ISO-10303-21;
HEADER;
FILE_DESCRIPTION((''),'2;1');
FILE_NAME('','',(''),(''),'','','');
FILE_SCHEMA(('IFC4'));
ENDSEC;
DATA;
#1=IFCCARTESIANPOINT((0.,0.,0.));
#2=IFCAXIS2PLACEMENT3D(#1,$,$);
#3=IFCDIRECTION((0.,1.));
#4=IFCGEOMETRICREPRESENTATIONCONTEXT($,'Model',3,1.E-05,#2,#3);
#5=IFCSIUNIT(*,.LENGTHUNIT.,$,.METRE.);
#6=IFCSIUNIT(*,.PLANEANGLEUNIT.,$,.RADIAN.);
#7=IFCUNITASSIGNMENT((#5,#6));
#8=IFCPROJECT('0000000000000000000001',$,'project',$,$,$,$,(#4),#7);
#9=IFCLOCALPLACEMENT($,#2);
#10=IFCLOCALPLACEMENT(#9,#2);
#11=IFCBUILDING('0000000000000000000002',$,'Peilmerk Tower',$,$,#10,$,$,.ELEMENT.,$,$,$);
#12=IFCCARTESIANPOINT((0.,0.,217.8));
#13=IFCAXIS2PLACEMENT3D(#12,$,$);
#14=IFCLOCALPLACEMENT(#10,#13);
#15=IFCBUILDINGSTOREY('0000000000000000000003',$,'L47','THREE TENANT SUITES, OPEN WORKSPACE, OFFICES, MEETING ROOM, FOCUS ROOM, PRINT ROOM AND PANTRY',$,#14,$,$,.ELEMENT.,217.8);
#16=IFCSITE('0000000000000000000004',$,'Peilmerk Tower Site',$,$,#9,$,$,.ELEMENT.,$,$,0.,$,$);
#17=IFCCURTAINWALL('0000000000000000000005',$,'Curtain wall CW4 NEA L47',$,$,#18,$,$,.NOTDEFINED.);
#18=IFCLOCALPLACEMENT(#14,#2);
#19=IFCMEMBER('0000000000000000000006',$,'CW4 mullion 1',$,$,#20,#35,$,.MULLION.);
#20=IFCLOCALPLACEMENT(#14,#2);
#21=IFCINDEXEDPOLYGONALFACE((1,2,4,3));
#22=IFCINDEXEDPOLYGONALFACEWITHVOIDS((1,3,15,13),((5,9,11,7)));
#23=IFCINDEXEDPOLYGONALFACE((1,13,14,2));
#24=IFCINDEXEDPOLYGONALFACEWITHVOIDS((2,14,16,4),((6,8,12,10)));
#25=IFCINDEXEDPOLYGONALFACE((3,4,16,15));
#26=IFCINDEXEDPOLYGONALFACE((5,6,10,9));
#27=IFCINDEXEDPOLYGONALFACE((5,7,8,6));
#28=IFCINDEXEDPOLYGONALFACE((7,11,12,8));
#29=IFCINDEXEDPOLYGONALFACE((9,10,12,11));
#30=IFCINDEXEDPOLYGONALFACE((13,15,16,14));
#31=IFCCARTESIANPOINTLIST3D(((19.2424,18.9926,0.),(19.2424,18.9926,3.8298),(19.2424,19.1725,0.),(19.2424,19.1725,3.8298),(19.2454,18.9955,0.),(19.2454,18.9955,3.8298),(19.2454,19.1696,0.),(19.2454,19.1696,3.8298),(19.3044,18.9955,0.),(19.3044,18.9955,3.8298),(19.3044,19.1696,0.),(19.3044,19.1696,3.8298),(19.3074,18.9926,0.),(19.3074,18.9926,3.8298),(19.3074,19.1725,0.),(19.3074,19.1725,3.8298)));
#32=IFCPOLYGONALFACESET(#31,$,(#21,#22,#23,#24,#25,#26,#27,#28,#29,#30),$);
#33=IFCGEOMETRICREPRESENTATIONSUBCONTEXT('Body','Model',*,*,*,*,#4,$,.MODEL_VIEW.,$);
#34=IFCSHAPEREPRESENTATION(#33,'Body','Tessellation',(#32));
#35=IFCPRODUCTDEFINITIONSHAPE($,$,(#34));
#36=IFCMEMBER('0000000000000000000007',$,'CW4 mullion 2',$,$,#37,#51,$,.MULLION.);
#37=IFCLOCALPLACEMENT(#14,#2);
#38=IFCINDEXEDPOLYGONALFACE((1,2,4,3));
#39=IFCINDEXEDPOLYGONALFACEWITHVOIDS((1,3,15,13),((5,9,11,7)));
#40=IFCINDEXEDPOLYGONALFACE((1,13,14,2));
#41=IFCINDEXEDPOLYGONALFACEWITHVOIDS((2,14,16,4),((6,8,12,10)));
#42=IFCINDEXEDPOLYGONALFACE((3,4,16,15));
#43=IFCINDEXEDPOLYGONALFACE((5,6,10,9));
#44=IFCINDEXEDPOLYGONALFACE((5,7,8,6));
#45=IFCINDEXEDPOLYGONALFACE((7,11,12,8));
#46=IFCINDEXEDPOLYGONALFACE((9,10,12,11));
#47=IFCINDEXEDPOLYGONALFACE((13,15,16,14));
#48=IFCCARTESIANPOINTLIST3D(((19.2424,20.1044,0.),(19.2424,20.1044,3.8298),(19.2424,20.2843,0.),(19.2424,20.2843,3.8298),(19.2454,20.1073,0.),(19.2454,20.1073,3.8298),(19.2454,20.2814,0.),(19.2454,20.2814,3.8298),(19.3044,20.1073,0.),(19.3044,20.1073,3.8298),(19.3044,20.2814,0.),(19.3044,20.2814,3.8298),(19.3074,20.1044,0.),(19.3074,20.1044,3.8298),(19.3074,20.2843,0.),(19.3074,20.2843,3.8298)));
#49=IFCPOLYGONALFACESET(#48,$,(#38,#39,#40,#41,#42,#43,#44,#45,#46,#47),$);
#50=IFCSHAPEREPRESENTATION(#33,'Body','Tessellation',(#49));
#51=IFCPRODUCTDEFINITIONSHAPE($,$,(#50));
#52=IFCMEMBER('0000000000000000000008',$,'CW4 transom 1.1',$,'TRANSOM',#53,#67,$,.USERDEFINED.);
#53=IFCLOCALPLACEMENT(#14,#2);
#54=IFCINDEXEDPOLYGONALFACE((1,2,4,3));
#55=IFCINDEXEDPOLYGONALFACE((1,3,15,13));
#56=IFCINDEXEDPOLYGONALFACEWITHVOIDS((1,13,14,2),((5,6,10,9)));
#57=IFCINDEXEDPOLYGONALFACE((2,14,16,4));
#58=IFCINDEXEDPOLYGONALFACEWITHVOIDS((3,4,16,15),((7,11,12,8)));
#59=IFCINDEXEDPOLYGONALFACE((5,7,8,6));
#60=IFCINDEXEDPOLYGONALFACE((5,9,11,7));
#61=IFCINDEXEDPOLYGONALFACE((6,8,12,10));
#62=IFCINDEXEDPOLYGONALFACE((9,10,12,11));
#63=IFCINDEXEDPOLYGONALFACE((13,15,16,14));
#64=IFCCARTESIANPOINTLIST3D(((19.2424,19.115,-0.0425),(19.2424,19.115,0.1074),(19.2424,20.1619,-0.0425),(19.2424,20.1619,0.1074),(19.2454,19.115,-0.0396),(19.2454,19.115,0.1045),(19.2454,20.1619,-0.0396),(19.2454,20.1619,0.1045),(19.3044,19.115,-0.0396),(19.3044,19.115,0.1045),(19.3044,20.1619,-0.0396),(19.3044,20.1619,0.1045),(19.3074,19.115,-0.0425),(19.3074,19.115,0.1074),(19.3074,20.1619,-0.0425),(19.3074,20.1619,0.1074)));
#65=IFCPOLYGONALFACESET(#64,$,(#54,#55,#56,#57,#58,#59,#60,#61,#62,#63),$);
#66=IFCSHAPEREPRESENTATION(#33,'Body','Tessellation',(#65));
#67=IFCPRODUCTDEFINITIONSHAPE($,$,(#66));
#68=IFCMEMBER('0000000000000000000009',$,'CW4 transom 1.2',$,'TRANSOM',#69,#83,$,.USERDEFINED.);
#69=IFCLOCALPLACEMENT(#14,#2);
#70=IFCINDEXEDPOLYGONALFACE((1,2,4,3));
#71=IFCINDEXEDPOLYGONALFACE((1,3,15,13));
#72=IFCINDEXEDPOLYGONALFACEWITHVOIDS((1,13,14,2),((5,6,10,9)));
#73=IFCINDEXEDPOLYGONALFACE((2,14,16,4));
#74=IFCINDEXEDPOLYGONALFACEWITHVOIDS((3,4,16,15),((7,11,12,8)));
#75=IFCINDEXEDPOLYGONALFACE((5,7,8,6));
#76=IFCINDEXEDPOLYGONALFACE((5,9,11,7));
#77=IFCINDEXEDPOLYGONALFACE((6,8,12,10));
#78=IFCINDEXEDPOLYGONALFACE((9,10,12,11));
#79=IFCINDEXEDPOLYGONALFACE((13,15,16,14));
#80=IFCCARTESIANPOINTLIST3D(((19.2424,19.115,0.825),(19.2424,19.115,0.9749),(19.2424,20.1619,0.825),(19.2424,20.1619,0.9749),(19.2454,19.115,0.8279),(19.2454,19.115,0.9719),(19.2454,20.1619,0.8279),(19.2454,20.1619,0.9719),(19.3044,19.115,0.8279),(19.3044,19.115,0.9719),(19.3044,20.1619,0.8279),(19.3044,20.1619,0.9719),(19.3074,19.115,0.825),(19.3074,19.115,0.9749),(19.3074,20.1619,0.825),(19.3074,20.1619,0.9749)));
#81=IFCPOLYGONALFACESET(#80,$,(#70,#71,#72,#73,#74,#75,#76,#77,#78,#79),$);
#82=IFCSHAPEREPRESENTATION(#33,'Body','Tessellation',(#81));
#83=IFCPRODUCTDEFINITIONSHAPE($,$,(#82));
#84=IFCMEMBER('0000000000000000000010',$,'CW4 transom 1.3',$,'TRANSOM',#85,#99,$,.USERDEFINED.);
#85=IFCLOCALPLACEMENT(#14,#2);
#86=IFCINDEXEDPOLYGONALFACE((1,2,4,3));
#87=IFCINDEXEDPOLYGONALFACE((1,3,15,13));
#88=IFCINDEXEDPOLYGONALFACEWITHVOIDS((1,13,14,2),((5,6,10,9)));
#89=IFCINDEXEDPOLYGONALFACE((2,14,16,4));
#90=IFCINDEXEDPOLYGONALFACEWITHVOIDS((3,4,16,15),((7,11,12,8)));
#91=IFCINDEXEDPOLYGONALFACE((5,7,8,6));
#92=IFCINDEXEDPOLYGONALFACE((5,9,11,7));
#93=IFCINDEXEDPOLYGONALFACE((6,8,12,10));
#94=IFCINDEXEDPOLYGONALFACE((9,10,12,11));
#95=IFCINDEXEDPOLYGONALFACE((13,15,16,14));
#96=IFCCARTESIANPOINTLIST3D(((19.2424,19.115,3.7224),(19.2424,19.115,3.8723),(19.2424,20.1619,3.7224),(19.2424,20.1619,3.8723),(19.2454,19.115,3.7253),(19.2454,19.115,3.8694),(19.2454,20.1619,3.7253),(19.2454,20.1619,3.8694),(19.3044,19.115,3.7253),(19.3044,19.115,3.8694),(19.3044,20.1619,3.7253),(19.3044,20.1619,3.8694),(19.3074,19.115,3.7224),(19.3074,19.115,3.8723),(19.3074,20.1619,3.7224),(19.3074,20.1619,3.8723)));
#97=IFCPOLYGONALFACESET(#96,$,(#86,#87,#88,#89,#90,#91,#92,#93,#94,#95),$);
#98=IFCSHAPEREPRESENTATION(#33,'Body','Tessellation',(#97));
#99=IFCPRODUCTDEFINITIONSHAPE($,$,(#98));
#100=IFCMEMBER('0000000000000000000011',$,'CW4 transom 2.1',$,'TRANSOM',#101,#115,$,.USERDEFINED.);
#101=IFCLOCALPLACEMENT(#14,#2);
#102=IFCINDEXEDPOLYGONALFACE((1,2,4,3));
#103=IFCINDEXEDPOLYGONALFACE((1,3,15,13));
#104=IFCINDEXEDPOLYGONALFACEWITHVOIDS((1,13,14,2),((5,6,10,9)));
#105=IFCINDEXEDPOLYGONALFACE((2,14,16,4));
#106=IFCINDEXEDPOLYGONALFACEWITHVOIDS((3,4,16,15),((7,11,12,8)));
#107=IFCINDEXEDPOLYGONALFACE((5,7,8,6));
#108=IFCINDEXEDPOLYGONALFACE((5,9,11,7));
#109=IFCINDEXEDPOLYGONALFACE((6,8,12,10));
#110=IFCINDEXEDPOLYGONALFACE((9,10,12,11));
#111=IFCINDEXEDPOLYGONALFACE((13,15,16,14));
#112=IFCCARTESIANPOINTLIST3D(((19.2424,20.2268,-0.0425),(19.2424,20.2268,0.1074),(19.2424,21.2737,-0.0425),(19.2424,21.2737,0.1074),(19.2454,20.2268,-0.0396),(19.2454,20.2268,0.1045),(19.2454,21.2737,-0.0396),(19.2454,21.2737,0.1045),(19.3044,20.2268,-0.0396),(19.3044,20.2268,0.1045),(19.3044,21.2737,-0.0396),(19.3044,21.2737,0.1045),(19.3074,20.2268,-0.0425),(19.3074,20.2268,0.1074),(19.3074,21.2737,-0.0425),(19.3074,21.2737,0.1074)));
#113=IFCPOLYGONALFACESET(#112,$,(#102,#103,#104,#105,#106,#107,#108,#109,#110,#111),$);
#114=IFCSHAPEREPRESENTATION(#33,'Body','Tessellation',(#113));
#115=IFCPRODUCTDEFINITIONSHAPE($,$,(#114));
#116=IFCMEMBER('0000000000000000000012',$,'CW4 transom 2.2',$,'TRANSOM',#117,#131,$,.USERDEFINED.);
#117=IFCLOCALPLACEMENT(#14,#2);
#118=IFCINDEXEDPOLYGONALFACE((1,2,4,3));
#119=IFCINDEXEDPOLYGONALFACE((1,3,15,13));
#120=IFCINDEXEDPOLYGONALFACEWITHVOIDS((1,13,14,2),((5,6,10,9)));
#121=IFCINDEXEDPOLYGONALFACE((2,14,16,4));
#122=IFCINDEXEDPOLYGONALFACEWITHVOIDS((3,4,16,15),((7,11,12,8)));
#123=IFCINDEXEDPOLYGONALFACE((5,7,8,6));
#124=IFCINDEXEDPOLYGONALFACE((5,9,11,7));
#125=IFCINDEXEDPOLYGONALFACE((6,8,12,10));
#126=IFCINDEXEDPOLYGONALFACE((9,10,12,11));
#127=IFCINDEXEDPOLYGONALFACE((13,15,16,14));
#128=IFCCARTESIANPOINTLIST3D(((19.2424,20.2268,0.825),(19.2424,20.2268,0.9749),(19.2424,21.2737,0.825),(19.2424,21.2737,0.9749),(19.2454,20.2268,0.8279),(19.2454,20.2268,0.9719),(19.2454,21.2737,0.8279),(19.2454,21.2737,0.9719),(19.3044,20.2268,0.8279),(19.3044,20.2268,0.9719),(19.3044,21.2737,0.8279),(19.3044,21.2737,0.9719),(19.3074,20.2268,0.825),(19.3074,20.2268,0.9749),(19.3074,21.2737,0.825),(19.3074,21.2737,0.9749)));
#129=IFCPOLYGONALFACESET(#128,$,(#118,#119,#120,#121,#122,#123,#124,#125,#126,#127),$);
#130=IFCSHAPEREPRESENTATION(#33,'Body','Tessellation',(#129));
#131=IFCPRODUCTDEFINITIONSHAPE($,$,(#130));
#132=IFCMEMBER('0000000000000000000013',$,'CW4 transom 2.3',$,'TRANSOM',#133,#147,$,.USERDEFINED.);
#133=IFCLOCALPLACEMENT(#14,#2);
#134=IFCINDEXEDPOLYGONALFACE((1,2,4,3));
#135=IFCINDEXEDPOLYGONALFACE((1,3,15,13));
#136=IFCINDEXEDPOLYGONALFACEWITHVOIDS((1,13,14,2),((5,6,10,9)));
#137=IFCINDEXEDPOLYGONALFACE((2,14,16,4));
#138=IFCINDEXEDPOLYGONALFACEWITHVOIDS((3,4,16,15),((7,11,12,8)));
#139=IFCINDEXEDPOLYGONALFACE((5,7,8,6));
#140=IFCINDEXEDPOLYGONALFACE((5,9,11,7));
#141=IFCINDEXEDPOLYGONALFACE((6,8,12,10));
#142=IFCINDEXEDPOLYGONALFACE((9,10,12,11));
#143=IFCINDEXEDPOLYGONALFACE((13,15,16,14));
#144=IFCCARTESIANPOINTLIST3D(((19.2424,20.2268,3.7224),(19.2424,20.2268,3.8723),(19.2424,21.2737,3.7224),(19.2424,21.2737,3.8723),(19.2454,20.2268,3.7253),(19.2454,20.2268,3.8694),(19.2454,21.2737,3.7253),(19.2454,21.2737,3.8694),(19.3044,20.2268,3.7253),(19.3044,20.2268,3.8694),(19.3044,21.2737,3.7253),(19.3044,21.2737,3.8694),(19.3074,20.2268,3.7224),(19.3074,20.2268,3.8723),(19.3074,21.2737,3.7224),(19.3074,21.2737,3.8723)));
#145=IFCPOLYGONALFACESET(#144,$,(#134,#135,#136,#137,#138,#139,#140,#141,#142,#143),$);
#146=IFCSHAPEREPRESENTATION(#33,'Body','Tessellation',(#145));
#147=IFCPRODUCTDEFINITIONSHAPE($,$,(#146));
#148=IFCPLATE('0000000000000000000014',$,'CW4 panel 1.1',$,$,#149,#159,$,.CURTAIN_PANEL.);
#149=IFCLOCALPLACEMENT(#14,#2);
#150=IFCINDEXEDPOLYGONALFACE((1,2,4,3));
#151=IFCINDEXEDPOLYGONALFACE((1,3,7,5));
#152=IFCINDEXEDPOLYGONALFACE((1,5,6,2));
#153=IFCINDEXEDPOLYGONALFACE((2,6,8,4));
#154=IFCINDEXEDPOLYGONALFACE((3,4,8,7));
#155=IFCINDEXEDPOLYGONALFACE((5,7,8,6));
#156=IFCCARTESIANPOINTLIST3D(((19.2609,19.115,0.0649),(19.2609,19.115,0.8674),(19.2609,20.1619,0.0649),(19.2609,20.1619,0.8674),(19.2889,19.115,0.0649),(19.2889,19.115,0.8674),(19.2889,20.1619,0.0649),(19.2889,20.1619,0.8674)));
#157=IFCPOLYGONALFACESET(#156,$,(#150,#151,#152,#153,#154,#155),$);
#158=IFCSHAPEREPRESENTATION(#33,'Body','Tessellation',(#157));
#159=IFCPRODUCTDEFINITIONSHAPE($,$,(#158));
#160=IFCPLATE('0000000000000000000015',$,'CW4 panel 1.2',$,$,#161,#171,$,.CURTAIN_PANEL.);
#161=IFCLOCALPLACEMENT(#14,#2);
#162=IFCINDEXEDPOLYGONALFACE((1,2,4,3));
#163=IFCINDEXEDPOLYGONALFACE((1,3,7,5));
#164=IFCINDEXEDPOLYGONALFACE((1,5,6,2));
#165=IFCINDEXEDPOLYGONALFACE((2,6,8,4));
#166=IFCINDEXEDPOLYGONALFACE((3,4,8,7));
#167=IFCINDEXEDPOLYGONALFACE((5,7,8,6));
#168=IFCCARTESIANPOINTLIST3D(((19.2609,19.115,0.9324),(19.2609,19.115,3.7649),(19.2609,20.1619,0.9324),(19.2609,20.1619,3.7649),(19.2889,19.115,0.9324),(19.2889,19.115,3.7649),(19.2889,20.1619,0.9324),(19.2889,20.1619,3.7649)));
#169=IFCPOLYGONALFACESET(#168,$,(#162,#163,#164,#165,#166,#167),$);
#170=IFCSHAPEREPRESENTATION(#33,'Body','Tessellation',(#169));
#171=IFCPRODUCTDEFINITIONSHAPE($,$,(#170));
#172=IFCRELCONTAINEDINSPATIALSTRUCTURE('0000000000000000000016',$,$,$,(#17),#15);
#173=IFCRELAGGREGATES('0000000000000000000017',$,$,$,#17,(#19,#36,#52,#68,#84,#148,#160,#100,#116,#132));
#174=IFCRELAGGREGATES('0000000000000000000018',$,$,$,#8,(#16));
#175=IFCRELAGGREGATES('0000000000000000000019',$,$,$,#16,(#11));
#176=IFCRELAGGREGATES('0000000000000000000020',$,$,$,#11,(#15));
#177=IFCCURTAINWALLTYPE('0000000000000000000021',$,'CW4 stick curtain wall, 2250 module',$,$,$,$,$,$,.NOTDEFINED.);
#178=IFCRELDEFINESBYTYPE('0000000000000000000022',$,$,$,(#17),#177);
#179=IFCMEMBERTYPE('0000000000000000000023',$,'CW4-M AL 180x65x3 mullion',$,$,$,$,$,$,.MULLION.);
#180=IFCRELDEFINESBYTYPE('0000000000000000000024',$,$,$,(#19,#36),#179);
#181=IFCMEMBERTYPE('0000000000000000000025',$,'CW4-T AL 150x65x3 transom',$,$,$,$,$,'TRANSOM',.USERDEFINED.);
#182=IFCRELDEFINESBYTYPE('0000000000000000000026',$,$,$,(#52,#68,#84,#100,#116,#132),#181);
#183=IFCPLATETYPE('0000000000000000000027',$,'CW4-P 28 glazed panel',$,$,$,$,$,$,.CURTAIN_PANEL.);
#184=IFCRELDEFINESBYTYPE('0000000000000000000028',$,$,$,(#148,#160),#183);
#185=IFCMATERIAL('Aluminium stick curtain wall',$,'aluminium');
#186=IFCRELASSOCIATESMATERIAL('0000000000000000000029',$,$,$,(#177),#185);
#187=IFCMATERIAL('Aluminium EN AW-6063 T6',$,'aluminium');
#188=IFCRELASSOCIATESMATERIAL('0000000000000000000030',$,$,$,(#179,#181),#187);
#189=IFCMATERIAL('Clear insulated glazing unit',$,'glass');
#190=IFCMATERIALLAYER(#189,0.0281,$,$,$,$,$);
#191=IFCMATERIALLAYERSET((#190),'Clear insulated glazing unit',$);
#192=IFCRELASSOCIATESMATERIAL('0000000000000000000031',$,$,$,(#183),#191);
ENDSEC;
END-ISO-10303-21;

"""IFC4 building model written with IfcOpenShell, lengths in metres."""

from ifc_helpers import new_model, si_unit, direction, frame, origin, origin_2d, place, context, subcontext, project, spatial, rectangle, hollow_rectangle, extrude, material, layer, layer_set, material_profile, profile_set, type_object, element, aggregate, save


model = new_model("IFC4")

# Units and contexts
model_context = context("Model", 3, precision=1e-05, world=origin(), true_north=direction((0.0, 1.0)))
body_context = subcontext(model_context, "Body", "Model", "MODEL_VIEW")
ifc_project = project(units=[si_unit("LENGTHUNIT", "METRE"), si_unit("PLANEANGLEUNIT", "RADIAN")], contexts=[model_context])

# Site, building, storey
site_placement = place(None, origin())
site = spatial("IfcSite", under=ifc_project, at=site_placement, Name="Peilmerk Tower Site", CompositionType="ELEMENT", RefElevation=0.0)
building_placement = place(site_placement, origin())
building = spatial("IfcBuilding", under=site, at=building_placement, Name="Peilmerk Tower", CompositionType="ELEMENT")
storey_placement = place(building_placement, frame((0.0, 0.0, 217.8)))
storey = spatial("IfcBuildingStorey", under=building, at=storey_placement, Name="L47", Description="THREE TENANT SUITES, OPEN WORKSPACE, OFFICES, MEETING ROOM, FOCUS ROOM, PRINT ROOM AND PANTRY", CompositionType="ELEMENT", Elevation=217.8)

# Curtain wall, members, plates
ifc_material_1 = material(Name="Aluminium stick curtain wall", Category="aluminium")
curtain_wall_type = type_object("IfcCurtainWallType", Name="CW4 stick curtain wall, 2250 module", PredefinedType="NOTDEFINED", material=ifc_material_1)
curtain_wall_placement = place(storey_placement, origin())
curtain_wall = element("IfcCurtainWall", 1, at=curtain_wall_placement, inside=storey, type_object=curtain_wall_type, Name="Curtain wall CW4 NEA L47", PredefinedType="NOTDEFINED")
ifc_material_2 = material(Name="Aluminium EN AW-6063 T6", Category="aluminium")
ifc_material_profile_1 = material_profile(ifc_material_2, hollow_rectangle(XDim=0.0649, YDim=0.1799, WallThickness=0.0029, at=origin_2d()), Name="AL 180x65x3")
ifc_profile_set_1 = profile_set([ifc_material_profile_1], Name="Aluminium EN AW-6063 T6")
member_type_1 = type_object("IfcMemberType", Name="CW4-M AL 180x65x3 mullion", PredefinedType="MULLION", material=ifc_profile_set_1)
member_1_placement = place(storey_placement, frame((19.2749, 19.0825, 0.0), z_axis=(0.0, 0.0, 1.0), x_axis=(-1.0, 0.0, 0.0)))
member_1 = element("IfcMember", 2, at=member_1_placement, type_object=member_type_1, Name="CW4 mullion 1", PredefinedType="MULLION", context=body_context, shape_type="SweptSolid", body=[
    extrude(hollow_rectangle(XDim=0.0649, YDim=0.1799, WallThickness=0.0029, at=origin_2d()), origin(), (0.0, 0.0, 1.0), 3.8298),
])
member_2_placement = place(storey_placement, frame((19.2749, 20.1943, 0.0), z_axis=(0.0, 0.0, 1.0), x_axis=(-1.0, 0.0, 0.0)))
member_2 = element("IfcMember", 3, at=member_2_placement, type_object=member_type_1, Name="CW4 mullion 2", PredefinedType="MULLION", context=body_context, shape_type="SweptSolid", body=[
    extrude(hollow_rectangle(XDim=0.0649, YDim=0.1799, WallThickness=0.0029, at=origin_2d()), origin(), (0.0, 0.0, 1.0), 3.8298),
])
ifc_material_profile_2 = material_profile(ifc_material_2, hollow_rectangle(XDim=0.0649, YDim=0.1499, WallThickness=0.0029, at=origin_2d()), Name="AL 150x65x3")
ifc_profile_set_2 = profile_set([ifc_material_profile_2], Name="Aluminium EN AW-6063 T6")
member_type_2 = type_object("IfcMemberType", Name="CW4-T AL 150x65x3 transom", ElementType="TRANSOM", PredefinedType="USERDEFINED", material=ifc_profile_set_2)
member_3_placement = place(storey_placement, frame((19.2749, 19.115, 0.0325), z_axis=(0.0, 1.0, 0.0), x_axis=(-1.0, 0.0, 0.0)))
member_3 = element("IfcMember", 4, at=member_3_placement, type_object=member_type_2, Name="CW4 transom 1.1", ObjectType="TRANSOM", PredefinedType="USERDEFINED", context=body_context, shape_type="SweptSolid", body=[
    extrude(hollow_rectangle(XDim=0.0649, YDim=0.1499, WallThickness=0.0029, at=origin_2d()), origin(), (0.0, 0.0, 1.0), 1.0469),
])
member_4_placement = place(storey_placement, frame((19.2749, 19.115, 0.8999), z_axis=(0.0, 1.0, 0.0), x_axis=(-1.0, 0.0, 0.0)))
member_4 = element("IfcMember", 5, at=member_4_placement, type_object=member_type_2, Name="CW4 transom 1.2", ObjectType="TRANSOM", PredefinedType="USERDEFINED", context=body_context, shape_type="SweptSolid", body=[
    extrude(hollow_rectangle(XDim=0.0649, YDim=0.1499, WallThickness=0.0029, at=origin_2d()), origin(), (0.0, 0.0, 1.0), 1.0469),
])
member_5_placement = place(storey_placement, frame((19.2749, 19.115, 3.7974), z_axis=(0.0, 1.0, 0.0), x_axis=(-1.0, 0.0, 0.0)))
member_5 = element("IfcMember", 6, at=member_5_placement, type_object=member_type_2, Name="CW4 transom 1.3", ObjectType="TRANSOM", PredefinedType="USERDEFINED", context=body_context, shape_type="SweptSolid", body=[
    extrude(hollow_rectangle(XDim=0.0649, YDim=0.1499, WallThickness=0.0029, at=origin_2d()), origin(), (0.0, 0.0, 1.0), 1.0469),
])
member_6_placement = place(storey_placement, frame((19.2749, 20.2268, 0.0325), z_axis=(0.0, 1.0, 0.0), x_axis=(-1.0, 0.0, 0.0)))
member_6 = element("IfcMember", 7, at=member_6_placement, type_object=member_type_2, Name="CW4 transom 2.1", ObjectType="TRANSOM", PredefinedType="USERDEFINED", context=body_context, shape_type="SweptSolid", body=[
    extrude(hollow_rectangle(XDim=0.0649, YDim=0.1499, WallThickness=0.0029, at=origin_2d()), origin(), (0.0, 0.0, 1.0), 1.0469),
])
member_7_placement = place(storey_placement, frame((19.2749, 20.2268, 0.8999), z_axis=(0.0, 1.0, 0.0), x_axis=(-1.0, 0.0, 0.0)))
member_7 = element("IfcMember", 8, at=member_7_placement, type_object=member_type_2, Name="CW4 transom 2.2", ObjectType="TRANSOM", PredefinedType="USERDEFINED", context=body_context, shape_type="SweptSolid", body=[
    extrude(hollow_rectangle(XDim=0.0649, YDim=0.1499, WallThickness=0.0029, at=origin_2d()), origin(), (0.0, 0.0, 1.0), 1.0469),
])
member_8_placement = place(storey_placement, frame((19.2749, 20.2268, 3.7974), z_axis=(0.0, 1.0, 0.0), x_axis=(-1.0, 0.0, 0.0)))
member_8 = element("IfcMember", 9, at=member_8_placement, type_object=member_type_2, Name="CW4 transom 2.3", ObjectType="TRANSOM", PredefinedType="USERDEFINED", context=body_context, shape_type="SweptSolid", body=[
    extrude(hollow_rectangle(XDim=0.0649, YDim=0.1499, WallThickness=0.0029, at=origin_2d()), origin(), (0.0, 0.0, 1.0), 1.0469),
])
ifc_material_3 = material(Name="Clear insulated glazing unit", Category="glass")
ifc_layer_1 = layer(ifc_material_3, 0.0281)
ifc_layer_set_1 = layer_set([ifc_layer_1], Name="Clear insulated glazing unit")
plate_type = type_object("IfcPlateType", Name="CW4-P 28 glazed panel", PredefinedType="CURTAIN_PANEL", material=ifc_layer_set_1)
plate_1_placement = place(storey_placement, frame((19.2749, 19.6384, 0.0649), z_axis=(0.0, 0.0, 1.0), x_axis=(0.0, 1.0, 0.0)))
plate_1 = element("IfcPlate", 10, at=plate_1_placement, type_object=plate_type, Name="CW4 panel 1.1", PredefinedType="CURTAIN_PANEL", context=body_context, shape_type="SweptSolid", body=[
    extrude(rectangle(XDim=1.0469, YDim=0.0281, at=origin_2d()), origin(), (0.0, 0.0, 1.0), 0.8025),
])
plate_2_placement = place(storey_placement, frame((19.2749, 19.6384, 0.9324), z_axis=(0.0, 0.0, 1.0), x_axis=(0.0, 1.0, 0.0)))
plate_2 = element("IfcPlate", 11, at=plate_2_placement, type_object=plate_type, Name="CW4 panel 1.2", PredefinedType="CURTAIN_PANEL", context=body_context, shape_type="SweptSolid", body=[
    extrude(rectangle(XDim=1.0469, YDim=0.0281, at=origin_2d()), origin(), (0.0, 0.0, 1.0), 2.8325),
])
aggregate(curtain_wall, [member_1, member_2, member_3, member_4, member_5, plate_1, plate_2, member_6, member_7, member_8])

save(model, "model.ifc")
